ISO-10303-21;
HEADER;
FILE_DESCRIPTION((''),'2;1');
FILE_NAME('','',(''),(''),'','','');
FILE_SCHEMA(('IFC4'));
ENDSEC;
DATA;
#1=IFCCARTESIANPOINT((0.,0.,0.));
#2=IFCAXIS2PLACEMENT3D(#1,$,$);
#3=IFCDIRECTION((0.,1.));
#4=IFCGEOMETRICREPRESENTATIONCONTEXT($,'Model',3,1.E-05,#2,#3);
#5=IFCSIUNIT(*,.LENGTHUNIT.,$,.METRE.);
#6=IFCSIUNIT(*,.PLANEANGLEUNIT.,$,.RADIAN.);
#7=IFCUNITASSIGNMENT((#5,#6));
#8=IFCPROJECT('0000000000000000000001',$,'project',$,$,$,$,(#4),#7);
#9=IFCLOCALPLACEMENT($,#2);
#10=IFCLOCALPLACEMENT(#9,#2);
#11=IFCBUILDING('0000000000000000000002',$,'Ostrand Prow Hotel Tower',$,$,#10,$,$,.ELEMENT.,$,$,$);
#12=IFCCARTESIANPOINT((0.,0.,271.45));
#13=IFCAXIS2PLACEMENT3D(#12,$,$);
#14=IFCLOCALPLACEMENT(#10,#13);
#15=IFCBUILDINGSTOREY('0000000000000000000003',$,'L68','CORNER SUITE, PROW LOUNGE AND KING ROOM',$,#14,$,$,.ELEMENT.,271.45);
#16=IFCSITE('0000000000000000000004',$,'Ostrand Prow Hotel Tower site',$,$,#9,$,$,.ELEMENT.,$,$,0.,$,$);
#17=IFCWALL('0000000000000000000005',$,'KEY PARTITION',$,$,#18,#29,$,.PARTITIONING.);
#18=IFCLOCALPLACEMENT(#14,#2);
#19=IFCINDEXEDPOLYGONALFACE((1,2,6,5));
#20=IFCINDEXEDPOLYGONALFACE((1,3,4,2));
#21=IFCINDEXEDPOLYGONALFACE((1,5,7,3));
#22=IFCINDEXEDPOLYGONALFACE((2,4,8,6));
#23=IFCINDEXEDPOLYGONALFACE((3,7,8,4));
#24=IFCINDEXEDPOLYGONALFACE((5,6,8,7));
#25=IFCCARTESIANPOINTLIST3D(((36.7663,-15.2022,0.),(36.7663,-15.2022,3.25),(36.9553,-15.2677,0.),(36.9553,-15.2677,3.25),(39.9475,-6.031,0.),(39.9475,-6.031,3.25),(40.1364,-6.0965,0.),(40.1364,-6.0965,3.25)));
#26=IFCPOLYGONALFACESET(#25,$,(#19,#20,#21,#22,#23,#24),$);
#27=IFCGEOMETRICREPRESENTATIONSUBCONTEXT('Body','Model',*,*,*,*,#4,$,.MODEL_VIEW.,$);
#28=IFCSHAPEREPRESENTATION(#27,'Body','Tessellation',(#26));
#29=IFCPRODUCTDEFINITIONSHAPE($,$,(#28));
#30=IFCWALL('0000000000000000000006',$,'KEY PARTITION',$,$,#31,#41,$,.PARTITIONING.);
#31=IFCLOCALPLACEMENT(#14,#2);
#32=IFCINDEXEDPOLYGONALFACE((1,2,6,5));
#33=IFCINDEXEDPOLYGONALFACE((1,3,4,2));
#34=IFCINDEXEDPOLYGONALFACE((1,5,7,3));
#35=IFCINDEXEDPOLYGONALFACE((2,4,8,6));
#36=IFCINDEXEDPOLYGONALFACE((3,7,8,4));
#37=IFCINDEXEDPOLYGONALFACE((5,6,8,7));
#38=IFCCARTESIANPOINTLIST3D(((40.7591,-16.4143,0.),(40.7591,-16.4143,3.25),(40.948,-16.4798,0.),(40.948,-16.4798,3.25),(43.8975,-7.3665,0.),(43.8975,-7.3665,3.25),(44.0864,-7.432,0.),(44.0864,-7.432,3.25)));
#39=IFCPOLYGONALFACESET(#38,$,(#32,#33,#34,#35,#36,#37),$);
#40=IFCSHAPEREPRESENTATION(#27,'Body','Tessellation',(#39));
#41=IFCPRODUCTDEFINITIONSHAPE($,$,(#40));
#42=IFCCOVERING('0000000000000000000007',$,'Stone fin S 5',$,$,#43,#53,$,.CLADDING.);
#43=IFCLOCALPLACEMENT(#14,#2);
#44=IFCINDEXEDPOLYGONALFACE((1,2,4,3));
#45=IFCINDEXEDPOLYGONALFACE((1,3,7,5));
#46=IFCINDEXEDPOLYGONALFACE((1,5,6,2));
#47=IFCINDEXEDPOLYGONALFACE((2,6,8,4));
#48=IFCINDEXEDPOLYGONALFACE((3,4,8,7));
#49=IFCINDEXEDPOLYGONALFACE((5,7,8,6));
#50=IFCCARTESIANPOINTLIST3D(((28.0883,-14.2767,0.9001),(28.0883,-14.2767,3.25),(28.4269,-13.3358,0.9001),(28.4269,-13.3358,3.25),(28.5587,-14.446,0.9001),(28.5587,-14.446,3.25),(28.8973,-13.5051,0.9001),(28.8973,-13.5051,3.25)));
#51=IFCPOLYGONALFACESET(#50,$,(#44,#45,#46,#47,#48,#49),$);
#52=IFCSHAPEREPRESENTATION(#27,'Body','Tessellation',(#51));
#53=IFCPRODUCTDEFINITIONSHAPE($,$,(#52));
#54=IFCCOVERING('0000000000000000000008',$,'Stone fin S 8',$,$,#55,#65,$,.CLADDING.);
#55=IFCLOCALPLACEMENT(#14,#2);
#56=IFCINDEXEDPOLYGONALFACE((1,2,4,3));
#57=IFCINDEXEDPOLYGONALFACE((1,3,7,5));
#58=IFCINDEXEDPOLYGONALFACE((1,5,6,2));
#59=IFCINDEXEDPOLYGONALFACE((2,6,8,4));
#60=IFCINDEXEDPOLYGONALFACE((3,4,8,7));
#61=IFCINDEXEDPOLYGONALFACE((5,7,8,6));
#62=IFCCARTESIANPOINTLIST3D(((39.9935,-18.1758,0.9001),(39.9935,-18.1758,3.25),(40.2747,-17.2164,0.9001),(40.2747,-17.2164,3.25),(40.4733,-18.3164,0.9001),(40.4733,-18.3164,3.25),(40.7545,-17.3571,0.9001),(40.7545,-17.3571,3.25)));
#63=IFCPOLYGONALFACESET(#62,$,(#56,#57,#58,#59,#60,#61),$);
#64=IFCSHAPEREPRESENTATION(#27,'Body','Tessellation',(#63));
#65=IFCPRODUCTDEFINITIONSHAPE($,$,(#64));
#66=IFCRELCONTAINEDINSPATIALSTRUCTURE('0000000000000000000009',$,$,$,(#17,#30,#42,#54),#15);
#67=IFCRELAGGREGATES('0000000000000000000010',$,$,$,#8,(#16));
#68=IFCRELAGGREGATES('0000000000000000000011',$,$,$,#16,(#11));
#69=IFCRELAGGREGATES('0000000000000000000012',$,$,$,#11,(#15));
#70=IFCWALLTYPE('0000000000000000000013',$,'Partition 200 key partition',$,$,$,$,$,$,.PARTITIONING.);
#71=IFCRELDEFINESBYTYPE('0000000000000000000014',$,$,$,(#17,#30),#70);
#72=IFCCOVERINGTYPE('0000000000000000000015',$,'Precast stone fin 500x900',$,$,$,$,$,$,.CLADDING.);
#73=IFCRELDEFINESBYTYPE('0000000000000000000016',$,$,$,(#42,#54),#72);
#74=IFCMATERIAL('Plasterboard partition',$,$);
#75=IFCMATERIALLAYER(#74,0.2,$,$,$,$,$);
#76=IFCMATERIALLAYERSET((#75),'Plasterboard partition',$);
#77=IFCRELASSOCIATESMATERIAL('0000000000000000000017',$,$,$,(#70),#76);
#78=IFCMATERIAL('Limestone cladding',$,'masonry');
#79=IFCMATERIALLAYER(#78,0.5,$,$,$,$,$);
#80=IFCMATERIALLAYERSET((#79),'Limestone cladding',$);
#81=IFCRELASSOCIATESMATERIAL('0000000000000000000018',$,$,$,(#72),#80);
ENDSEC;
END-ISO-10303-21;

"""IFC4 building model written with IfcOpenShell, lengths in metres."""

from ifc_helpers import new_model, si_unit, direction, frame, frame_2d, origin, place, context, subcontext, project, spatial, rectangle, extrude, material, layer, layer_set, type_object, element, save


model = new_model("IFC4")

# Units and contexts
model_context = context("Model", 3, precision=1e-05, world=origin(), true_north=direction((0.0, 1.0)))
body_context = subcontext(model_context, "Body", "Model", "MODEL_VIEW")
ifc_project = project(units=[si_unit("LENGTHUNIT", "METRE"), si_unit("PLANEANGLEUNIT", "RADIAN")], contexts=[model_context])

# Site, building, storey
site_placement = place(None, origin())
site = spatial("IfcSite", under=ifc_project, at=site_placement, Name="Ostrand Prow Hotel Tower site", CompositionType="ELEMENT", RefElevation=0.0)
building_placement = place(site_placement, origin())
building = spatial("IfcBuilding", under=site, at=building_placement, Name="Ostrand Prow Hotel Tower", CompositionType="ELEMENT")
storey_placement = place(building_placement, frame((0.0, 0.0, 271.45)))
storey = spatial("IfcBuildingStorey", under=building, at=storey_placement, Name="L68", Description="CORNER SUITE, PROW LOUNGE AND KING ROOM", CompositionType="ELEMENT", Elevation=271.45)

# Walls
ifc_material_1 = material(Name="Plasterboard partition")
ifc_layer_1 = layer(ifc_material_1, 0.2)
ifc_layer_set_1 = layer_set([ifc_layer_1], Name="Plasterboard partition")
wall_type = type_object("IfcWallType", Name="Partition 200 key partition", PredefinedType="PARTITIONING", material=ifc_layer_set_1)
wall_1_placement = place(storey_placement, frame((36.8608, -15.2349, 0.0), z_axis=(0.0, 0.0, 1.0), x_axis=(0.327711, 0.944778, 0.0)))
element("IfcWall", 1, at=wall_1_placement, inside=storey, type_object=wall_type, Name="KEY PARTITION", PredefinedType="PARTITIONING", context=body_context, shape_type="SweptSolid", body=[
    extrude(rectangle(XDim=9.7073, YDim=0.2, at=frame_2d((4.8535, 0.0))), origin(), (0.0, 0.0, 1.0), 3.25),
])
wall_2_placement = place(storey_placement, frame((40.8535, -16.447, 0.0), z_axis=(0.0, 0.0, 1.0), x_axis=(0.327715, 0.944777, 0.0)))
element("IfcWall", 2, at=wall_2_placement, inside=storey, type_object=wall_type, Name="KEY PARTITION", PredefinedType="PARTITIONING", context=body_context, shape_type="SweptSolid", body=[
    extrude(rectangle(XDim=9.5767, YDim=0.2, at=frame_2d((4.7883, 0.0))), origin(), (0.0, 0.0, 1.0), 3.25),
])

# Coverings
ifc_material_2 = material(Name="Limestone cladding", Category="masonry")
ifc_layer_2 = layer(ifc_material_2, 0.5)
ifc_layer_set_2 = layer_set([ifc_layer_2], Name="Limestone cladding")
covering_type = type_object("IfcCoveringType", Name="Precast stone fin 500x900", PredefinedType="CLADDING", material=ifc_layer_set_2)
covering_1_placement = place(storey_placement, frame((28.6621, -13.4204, 0.9001), z_axis=(0.0, 0.0, 1.0), x_axis=(-0.338624, -0.940922, 0.0)))
element("IfcCovering", 3, at=covering_1_placement, inside=storey, type_object=covering_type, Name="Stone fin S 5", PredefinedType="CLADDING", context=body_context, shape_type="SweptSolid", body=[
    extrude(rectangle(XDim=1.0, YDim=0.5, at=frame_2d((0.5, 0.0))), origin(), (0.0, 0.0, 1.0), 2.3499),
])
covering_2_placement = place(storey_placement, frame((40.5146, -17.2866, 0.9001), z_axis=(0.0, 0.0, 1.0), x_axis=(-0.281294, -0.959622, 0.0)))
element("IfcCovering", 4, at=covering_2_placement, inside=storey, type_object=covering_type, Name="Stone fin S 8", PredefinedType="CLADDING", context=body_context, shape_type="SweptSolid", body=[
    extrude(rectangle(XDim=0.9998, YDim=0.5, at=frame_2d((0.5, 0.0))), origin(), (0.0, 0.0, 1.0), 2.3499),
])

save(model, "model.ifc")
